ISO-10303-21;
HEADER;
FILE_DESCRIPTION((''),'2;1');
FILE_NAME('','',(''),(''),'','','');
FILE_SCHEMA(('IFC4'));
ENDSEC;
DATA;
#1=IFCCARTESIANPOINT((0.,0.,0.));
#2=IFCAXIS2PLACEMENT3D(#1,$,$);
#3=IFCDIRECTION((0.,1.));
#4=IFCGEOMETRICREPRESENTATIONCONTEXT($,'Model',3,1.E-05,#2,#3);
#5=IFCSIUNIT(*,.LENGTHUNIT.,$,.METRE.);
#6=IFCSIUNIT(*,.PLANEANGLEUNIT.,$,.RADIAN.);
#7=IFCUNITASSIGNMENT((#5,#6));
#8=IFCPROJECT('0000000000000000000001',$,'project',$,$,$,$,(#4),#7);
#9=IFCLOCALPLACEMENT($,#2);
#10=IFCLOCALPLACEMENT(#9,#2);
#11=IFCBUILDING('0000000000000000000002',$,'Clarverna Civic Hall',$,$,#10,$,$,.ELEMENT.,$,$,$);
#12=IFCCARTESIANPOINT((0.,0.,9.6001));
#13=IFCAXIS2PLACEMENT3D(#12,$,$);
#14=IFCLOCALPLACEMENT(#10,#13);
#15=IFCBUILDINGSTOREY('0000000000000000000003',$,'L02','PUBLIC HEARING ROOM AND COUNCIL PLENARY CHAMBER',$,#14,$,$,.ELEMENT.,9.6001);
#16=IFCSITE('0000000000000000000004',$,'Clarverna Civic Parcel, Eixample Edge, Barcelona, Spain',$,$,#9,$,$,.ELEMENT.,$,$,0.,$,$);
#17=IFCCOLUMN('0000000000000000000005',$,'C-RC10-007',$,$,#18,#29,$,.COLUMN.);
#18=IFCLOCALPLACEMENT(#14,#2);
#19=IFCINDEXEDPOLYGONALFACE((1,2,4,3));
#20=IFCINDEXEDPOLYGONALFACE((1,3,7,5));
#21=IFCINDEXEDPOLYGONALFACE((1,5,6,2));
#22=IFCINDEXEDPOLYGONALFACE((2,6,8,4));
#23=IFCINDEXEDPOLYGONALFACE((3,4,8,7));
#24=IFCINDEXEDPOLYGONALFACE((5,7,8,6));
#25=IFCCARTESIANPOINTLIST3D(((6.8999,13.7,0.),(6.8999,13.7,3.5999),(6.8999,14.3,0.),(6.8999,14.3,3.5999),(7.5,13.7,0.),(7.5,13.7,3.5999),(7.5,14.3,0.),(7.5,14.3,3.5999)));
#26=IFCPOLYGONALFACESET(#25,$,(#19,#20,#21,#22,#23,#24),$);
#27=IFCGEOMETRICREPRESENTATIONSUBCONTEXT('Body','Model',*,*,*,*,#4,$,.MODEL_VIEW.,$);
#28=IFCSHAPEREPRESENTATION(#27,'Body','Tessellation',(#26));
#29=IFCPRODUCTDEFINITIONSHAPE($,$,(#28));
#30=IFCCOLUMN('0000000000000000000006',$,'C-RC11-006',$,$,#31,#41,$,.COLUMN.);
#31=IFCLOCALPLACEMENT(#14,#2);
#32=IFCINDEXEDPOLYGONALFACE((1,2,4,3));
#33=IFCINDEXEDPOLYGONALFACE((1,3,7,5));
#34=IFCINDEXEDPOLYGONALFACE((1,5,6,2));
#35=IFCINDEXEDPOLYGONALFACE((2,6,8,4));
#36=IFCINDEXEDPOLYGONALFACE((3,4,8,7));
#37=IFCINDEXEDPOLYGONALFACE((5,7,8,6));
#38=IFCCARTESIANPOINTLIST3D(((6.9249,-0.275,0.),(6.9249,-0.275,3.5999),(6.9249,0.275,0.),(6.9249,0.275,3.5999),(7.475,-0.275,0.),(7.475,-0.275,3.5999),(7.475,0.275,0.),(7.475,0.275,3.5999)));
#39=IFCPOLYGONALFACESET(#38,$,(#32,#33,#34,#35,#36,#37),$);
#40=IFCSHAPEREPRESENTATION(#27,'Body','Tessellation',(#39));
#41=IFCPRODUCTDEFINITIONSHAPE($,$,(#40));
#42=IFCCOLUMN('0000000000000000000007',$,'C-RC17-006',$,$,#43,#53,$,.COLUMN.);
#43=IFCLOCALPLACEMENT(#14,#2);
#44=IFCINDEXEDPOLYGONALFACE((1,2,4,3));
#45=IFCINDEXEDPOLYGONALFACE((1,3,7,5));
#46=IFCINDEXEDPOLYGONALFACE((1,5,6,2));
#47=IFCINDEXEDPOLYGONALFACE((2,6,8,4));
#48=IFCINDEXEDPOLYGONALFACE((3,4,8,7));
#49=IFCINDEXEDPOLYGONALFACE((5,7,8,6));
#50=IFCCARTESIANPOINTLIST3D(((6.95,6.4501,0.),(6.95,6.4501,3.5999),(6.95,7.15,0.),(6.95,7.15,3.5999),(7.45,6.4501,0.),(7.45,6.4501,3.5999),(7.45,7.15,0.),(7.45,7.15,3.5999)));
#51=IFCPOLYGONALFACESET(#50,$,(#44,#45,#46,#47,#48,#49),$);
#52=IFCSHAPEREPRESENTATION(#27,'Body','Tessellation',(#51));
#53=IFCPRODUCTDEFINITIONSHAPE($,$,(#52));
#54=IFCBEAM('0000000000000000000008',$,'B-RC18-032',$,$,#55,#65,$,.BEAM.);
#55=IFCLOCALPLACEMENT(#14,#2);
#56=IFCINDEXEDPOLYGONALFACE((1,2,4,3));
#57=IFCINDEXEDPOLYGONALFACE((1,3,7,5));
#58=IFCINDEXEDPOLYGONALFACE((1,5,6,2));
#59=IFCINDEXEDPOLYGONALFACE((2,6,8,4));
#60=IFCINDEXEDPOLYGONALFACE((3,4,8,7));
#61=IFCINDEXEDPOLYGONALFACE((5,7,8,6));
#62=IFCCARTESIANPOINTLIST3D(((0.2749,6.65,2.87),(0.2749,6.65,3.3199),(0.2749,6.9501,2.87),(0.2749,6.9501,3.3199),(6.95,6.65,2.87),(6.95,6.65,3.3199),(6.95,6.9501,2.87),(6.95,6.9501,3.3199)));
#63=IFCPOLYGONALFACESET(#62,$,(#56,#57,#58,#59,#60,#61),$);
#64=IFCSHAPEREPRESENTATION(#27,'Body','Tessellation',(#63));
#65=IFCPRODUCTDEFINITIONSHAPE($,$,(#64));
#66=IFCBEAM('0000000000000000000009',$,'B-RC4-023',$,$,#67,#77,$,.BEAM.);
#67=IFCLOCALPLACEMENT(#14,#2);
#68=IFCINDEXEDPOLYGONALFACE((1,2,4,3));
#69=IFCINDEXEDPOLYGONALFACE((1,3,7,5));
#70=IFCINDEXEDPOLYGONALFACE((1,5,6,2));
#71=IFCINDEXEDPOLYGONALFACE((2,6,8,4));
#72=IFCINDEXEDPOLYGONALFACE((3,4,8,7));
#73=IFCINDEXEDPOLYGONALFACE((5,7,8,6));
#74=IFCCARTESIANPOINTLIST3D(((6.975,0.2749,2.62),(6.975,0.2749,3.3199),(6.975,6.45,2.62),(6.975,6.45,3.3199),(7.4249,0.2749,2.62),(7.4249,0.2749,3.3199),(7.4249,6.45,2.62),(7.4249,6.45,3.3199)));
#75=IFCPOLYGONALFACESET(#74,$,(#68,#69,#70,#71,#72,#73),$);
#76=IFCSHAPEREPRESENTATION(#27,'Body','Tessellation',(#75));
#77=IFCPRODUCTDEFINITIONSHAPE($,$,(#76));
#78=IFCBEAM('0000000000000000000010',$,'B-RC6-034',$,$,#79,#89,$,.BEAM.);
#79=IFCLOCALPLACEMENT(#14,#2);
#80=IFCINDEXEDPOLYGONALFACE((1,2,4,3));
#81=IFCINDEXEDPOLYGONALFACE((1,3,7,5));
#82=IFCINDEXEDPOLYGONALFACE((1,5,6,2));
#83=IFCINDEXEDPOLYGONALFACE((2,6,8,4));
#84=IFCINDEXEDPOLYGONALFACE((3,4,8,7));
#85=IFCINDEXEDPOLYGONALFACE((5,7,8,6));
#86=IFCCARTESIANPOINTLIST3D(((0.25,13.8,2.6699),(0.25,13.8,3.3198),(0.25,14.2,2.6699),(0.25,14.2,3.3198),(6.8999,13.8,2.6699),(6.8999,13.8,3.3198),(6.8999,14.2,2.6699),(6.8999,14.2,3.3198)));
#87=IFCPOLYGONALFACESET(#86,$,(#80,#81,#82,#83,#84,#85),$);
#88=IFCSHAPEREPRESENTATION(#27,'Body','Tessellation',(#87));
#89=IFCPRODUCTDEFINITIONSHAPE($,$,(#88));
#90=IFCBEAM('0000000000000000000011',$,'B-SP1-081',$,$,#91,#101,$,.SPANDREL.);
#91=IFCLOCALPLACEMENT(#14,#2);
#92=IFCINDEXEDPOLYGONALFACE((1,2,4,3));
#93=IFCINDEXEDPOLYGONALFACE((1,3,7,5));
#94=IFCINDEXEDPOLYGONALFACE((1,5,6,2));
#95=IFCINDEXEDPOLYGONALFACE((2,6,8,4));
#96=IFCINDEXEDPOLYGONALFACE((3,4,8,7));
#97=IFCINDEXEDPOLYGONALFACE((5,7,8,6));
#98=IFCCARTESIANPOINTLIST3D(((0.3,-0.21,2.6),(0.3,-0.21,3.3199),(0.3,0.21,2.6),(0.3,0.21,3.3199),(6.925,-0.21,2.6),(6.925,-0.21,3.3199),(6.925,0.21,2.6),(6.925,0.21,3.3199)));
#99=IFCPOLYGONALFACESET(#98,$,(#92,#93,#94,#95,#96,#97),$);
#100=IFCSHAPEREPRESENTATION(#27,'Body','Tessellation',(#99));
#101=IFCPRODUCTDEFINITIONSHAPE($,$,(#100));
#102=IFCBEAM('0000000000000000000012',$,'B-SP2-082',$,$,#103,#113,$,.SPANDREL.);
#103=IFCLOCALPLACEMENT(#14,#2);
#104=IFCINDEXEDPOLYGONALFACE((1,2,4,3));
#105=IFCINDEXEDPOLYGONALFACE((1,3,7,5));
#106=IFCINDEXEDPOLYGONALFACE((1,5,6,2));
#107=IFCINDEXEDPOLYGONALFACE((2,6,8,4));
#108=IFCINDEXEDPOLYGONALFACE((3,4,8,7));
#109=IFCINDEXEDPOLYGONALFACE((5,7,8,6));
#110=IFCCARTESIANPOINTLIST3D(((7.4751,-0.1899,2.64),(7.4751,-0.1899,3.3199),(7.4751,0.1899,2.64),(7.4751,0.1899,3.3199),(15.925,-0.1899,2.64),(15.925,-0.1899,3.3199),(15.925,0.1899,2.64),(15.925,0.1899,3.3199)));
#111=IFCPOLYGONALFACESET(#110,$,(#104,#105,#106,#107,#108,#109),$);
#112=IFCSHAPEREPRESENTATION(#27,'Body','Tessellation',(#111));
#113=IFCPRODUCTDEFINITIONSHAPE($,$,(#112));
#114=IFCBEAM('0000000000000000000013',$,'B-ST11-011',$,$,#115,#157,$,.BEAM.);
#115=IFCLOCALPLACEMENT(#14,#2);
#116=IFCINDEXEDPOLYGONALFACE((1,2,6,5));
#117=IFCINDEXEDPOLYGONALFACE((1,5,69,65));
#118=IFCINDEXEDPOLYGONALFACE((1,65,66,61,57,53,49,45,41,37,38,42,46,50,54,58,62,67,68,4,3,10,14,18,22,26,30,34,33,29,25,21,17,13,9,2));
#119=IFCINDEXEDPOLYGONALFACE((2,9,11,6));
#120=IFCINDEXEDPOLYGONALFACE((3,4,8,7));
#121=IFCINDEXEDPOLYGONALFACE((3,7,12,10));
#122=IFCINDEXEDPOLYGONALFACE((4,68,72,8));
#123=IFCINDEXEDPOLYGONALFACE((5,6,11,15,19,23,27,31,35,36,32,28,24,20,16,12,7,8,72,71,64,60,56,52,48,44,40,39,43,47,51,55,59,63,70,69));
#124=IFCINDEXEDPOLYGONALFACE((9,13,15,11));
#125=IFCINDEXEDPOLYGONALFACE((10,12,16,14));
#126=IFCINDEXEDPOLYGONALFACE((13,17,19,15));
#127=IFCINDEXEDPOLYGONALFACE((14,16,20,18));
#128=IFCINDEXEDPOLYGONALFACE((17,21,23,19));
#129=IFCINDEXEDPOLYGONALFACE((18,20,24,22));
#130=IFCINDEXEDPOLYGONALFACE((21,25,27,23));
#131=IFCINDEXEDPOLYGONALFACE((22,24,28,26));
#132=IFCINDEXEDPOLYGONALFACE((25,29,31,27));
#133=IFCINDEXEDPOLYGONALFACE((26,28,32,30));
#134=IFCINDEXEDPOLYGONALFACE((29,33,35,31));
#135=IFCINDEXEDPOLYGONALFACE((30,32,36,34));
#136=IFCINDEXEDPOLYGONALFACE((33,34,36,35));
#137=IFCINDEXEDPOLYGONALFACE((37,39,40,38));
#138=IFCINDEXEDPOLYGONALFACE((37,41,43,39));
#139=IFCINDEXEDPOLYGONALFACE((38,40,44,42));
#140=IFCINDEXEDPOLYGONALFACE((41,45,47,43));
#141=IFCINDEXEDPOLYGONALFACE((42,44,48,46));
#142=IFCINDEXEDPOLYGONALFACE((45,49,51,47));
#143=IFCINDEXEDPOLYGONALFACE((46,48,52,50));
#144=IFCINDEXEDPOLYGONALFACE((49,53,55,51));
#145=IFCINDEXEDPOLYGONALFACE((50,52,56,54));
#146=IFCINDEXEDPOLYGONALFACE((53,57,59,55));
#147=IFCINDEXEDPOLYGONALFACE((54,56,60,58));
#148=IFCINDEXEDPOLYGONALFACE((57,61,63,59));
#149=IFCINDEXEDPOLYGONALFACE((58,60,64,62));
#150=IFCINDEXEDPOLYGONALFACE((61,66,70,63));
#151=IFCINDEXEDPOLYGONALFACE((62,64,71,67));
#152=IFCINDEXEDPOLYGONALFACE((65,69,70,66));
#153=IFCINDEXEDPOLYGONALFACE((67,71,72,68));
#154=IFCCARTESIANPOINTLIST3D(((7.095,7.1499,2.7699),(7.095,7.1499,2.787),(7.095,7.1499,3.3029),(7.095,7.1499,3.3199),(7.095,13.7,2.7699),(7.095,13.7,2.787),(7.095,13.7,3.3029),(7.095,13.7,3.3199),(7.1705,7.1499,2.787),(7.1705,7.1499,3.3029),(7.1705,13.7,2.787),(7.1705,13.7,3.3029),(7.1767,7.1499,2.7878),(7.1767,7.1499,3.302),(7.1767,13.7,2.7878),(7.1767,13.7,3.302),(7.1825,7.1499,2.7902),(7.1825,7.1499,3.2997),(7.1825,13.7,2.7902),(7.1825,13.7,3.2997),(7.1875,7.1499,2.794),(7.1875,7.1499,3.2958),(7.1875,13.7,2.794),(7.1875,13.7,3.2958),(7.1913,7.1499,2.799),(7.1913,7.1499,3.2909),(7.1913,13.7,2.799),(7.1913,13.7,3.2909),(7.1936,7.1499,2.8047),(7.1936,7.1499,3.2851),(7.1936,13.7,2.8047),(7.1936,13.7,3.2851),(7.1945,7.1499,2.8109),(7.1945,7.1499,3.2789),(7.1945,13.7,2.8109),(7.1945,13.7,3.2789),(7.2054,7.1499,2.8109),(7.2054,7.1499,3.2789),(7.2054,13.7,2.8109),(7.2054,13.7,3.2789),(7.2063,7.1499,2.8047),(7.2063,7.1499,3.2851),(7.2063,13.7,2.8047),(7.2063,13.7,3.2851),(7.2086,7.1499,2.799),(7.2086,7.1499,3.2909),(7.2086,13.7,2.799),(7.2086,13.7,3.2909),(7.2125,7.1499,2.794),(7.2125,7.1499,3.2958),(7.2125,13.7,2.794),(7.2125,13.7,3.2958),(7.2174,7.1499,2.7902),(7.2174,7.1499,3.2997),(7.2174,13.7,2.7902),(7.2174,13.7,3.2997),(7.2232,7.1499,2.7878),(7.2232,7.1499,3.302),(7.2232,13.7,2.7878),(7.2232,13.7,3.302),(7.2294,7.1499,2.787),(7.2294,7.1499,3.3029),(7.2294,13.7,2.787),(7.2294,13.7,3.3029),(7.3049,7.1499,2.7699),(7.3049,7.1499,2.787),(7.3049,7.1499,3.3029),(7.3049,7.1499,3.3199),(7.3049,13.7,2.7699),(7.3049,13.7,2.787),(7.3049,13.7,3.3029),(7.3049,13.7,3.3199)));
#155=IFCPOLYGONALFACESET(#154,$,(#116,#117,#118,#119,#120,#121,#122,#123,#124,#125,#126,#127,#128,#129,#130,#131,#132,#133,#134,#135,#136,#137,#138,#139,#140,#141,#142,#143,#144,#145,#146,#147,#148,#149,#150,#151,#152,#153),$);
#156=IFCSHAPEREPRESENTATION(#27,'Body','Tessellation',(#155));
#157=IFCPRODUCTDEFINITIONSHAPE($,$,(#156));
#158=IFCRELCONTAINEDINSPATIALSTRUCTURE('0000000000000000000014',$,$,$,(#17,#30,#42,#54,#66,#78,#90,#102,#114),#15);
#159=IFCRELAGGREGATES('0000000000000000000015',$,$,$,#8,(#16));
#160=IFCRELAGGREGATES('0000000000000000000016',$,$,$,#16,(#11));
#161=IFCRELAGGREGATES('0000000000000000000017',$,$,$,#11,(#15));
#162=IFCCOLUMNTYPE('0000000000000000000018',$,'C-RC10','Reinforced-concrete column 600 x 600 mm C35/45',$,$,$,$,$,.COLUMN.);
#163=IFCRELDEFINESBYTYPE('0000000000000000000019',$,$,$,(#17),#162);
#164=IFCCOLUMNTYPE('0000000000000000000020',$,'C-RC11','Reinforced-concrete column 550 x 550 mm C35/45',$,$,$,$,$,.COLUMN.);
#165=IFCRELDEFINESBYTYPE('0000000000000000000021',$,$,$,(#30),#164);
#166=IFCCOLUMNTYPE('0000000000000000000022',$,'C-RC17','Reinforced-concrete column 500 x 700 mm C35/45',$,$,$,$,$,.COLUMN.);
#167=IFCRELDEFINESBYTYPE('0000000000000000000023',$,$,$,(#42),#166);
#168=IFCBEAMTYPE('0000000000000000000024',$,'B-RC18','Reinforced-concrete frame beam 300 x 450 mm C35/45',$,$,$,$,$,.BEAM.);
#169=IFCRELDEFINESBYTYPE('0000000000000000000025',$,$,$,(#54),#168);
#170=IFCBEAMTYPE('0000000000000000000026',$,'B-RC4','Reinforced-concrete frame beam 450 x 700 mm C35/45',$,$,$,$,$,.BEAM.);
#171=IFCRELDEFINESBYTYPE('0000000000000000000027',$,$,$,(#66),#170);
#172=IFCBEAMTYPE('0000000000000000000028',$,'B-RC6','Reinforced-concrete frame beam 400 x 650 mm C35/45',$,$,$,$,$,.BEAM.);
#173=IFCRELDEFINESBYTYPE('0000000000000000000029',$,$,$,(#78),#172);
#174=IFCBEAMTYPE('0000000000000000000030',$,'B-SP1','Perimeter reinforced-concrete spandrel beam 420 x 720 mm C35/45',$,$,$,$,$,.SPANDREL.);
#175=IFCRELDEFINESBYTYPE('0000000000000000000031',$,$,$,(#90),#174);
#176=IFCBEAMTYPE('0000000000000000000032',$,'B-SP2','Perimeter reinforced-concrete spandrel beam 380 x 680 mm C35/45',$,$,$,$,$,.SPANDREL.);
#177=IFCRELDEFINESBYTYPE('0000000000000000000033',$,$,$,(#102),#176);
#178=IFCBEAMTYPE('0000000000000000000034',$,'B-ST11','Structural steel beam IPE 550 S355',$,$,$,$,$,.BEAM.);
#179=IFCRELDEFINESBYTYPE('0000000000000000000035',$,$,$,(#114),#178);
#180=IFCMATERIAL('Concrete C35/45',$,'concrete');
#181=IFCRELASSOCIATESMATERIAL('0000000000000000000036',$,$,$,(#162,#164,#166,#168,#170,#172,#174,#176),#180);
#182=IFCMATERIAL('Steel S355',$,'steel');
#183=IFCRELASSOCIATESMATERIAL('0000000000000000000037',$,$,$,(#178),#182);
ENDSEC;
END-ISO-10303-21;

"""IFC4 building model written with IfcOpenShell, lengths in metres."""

from ifc_helpers import new_model, si_unit, direction, frame, origin, origin_2d, place, context, subcontext, project, spatial, rectangle, i_section, extrude, material, material_profile, profile_set, type_object, element, save


model = new_model("IFC4")

# Units and contexts
model_context = context("Model", 3, precision=1e-05, world=origin(), true_north=direction((0.0, 1.0)))
body_context = subcontext(model_context, "Body", "Model", "MODEL_VIEW")
ifc_project = project(units=[si_unit("LENGTHUNIT", "METRE"), si_unit("PLANEANGLEUNIT", "RADIAN")], contexts=[model_context])

# Site, building, storey
site_placement = place(None, origin())
site = spatial("IfcSite", under=ifc_project, at=site_placement, Name="Clarverna Civic Parcel, Eixample Edge, Barcelona, Spain", CompositionType="ELEMENT", RefElevation=0.0)
building_placement = place(site_placement, origin())
building = spatial("IfcBuilding", under=site, at=building_placement, Name="Clarverna Civic Hall", CompositionType="ELEMENT")
storey_placement = place(building_placement, frame((0.0, 0.0, 9.6001)))
storey = spatial("IfcBuildingStorey", under=building, at=storey_placement, Name="L02", Description="PUBLIC HEARING ROOM AND COUNCIL PLENARY CHAMBER", CompositionType="ELEMENT", Elevation=9.6001)

# Columns
ifc_material_1 = material(Name="Concrete C35/45", Category="concrete")
ifc_material_profile_1 = material_profile(ifc_material_1, rectangle(XDim=0.6001, YDim=0.6001, at=origin_2d()), Name="RC 600x600")
ifc_profile_set_1 = profile_set([ifc_material_profile_1], Name="Concrete C35/45")
column_type_1 = type_object("IfcColumnType", Name="C-RC10", Description="Reinforced-concrete column 600 x 600 mm C35/45", PredefinedType="COLUMN", material=ifc_profile_set_1)
column_1_placement = place(storey_placement, frame((7.2, 14.0, 0.0), z_axis=(0.0, 0.0, 1.0), x_axis=(1.0, 0.0, 0.0)))
element("IfcColumn", 1, at=column_1_placement, inside=storey, type_object=column_type_1, Name="C-RC10-007", PredefinedType="COLUMN", context=body_context, shape_type="SweptSolid", body=[
    extrude(rectangle(XDim=0.6001, YDim=0.6001, at=origin_2d()), origin(), (0.0, 0.0, 1.0), 3.5999),
])
ifc_material_profile_2 = material_profile(ifc_material_1, rectangle(XDim=0.55, YDim=0.55, at=origin_2d()), Name="RC 550x550")
ifc_profile_set_2 = profile_set([ifc_material_profile_2], Name="Concrete C35/45")
column_type_2 = type_object("IfcColumnType", Name="C-RC11", Description="Reinforced-concrete column 550 x 550 mm C35/45", PredefinedType="COLUMN", material=ifc_profile_set_2)
column_2_placement = place(storey_placement, frame((7.2, 0.0, 0.0), z_axis=(0.0, 0.0, 1.0), x_axis=(1.0, 0.0, 0.0)))
element("IfcColumn", 2, at=column_2_placement, inside=storey, type_object=column_type_2, Name="C-RC11-006", PredefinedType="COLUMN", context=body_context, shape_type="SweptSolid", body=[
    extrude(rectangle(XDim=0.55, YDim=0.55, at=origin_2d()), origin(), (0.0, 0.0, 1.0), 3.5999),
])
ifc_material_profile_3 = material_profile(ifc_material_1, rectangle(XDim=0.5, YDim=0.7, at=origin_2d()), Name="RC 500x700")
ifc_profile_set_3 = profile_set([ifc_material_profile_3], Name="Concrete C35/45")
column_type_3 = type_object("IfcColumnType", Name="C-RC17", Description="Reinforced-concrete column 500 x 700 mm C35/45", PredefinedType="COLUMN", material=ifc_profile_set_3)
column_3_placement = place(storey_placement, frame((7.2, 6.8, 0.0), z_axis=(0.0, 0.0, 1.0), x_axis=(1.0, 0.0, 0.0)))
element("IfcColumn", 3, at=column_3_placement, inside=storey, type_object=column_type_3, Name="C-RC17-006", PredefinedType="COLUMN", context=body_context, shape_type="SweptSolid", body=[
    extrude(rectangle(XDim=0.5, YDim=0.7, at=origin_2d()), origin(), (0.0, 0.0, 1.0), 3.5999),
])

# Beams
ifc_material_profile_4 = material_profile(ifc_material_1, rectangle(XDim=0.3, YDim=0.45, at=origin_2d()), Name="RC 300x450")
ifc_profile_set_4 = profile_set([ifc_material_profile_4], Name="Concrete C35/45")
beam_type_1 = type_object("IfcBeamType", Name="B-RC18", Description="Reinforced-concrete frame beam 300 x 450 mm C35/45", PredefinedType="BEAM", material=ifc_profile_set_4)
beam_1_placement = place(storey_placement, frame((0.2749, 6.8, 3.095), z_axis=(1.0, 0.0, 0.0), x_axis=(0.0, 1.0, 0.0)))
element("IfcBeam", 4, at=beam_1_placement, inside=storey, type_object=beam_type_1, Name="B-RC18-032", PredefinedType="BEAM", context=body_context, shape_type="SweptSolid", body=[
    extrude(rectangle(XDim=0.3, YDim=0.45, at=origin_2d()), origin(), (0.0, 0.0, 1.0), 6.675),
])
ifc_material_profile_5 = material_profile(ifc_material_1, rectangle(XDim=0.45, YDim=0.7, at=origin_2d()), Name="RC 450x700")
ifc_profile_set_5 = profile_set([ifc_material_profile_5], Name="Concrete C35/45")
beam_type_2 = type_object("IfcBeamType", Name="B-RC4", Description="Reinforced-concrete frame beam 450 x 700 mm C35/45", PredefinedType="BEAM", material=ifc_profile_set_5)
beam_2_placement = place(storey_placement, frame((7.2, 0.2749, 2.97), z_axis=(0.0, 1.0, 0.0), x_axis=(-1.0, 0.0, 0.0)))
element("IfcBeam", 5, at=beam_2_placement, inside=storey, type_object=beam_type_2, Name="B-RC4-023", PredefinedType="BEAM", context=body_context, shape_type="SweptSolid", body=[
    extrude(rectangle(XDim=0.45, YDim=0.7, at=origin_2d()), origin(), (0.0, 0.0, 1.0), 6.175),
])
ifc_material_profile_6 = material_profile(ifc_material_1, rectangle(XDim=0.3999, YDim=0.6499, at=origin_2d()), Name="RC 400x650")
ifc_profile_set_6 = profile_set([ifc_material_profile_6], Name="Concrete C35/45")
beam_type_3 = type_object("IfcBeamType", Name="B-RC6", Description="Reinforced-concrete frame beam 400 x 650 mm C35/45", PredefinedType="BEAM", material=ifc_profile_set_6)
beam_3_placement = place(storey_placement, frame((0.25, 14.0, 2.9949), z_axis=(1.0, 0.0, 0.0), x_axis=(0.0, 1.0, 0.0)))
element("IfcBeam", 6, at=beam_3_placement, inside=storey, type_object=beam_type_3, Name="B-RC6-034", PredefinedType="BEAM", context=body_context, shape_type="SweptSolid", body=[
    extrude(rectangle(XDim=0.3999, YDim=0.6499, at=origin_2d()), origin(), (0.0, 0.0, 1.0), 6.6499),
])
ifc_material_profile_7 = material_profile(ifc_material_1, rectangle(XDim=0.4199, YDim=0.72, at=origin_2d()), Name="RC 420x720")
ifc_profile_set_7 = profile_set([ifc_material_profile_7], Name="Concrete C35/45")
beam_type_4 = type_object("IfcBeamType", Name="B-SP1", Description="Perimeter reinforced-concrete spandrel beam 420 x 720 mm C35/45", PredefinedType="SPANDREL", material=ifc_profile_set_7)
beam_4_placement = place(storey_placement, frame((0.3, 0.0, 2.96), z_axis=(1.0, 0.0, 0.0), x_axis=(0.0, 1.0, 0.0)))
element("IfcBeam", 7, at=beam_4_placement, inside=storey, type_object=beam_type_4, Name="B-SP1-081", PredefinedType="SPANDREL", context=body_context, shape_type="SweptSolid", body=[
    extrude(rectangle(XDim=0.4199, YDim=0.72, at=origin_2d()), origin(), (0.0, 0.0, 1.0), 6.625),
])
ifc_material_profile_8 = material_profile(ifc_material_1, rectangle(XDim=0.3799, YDim=0.6799, at=origin_2d()), Name="RC 380x680")
ifc_profile_set_8 = profile_set([ifc_material_profile_8], Name="Concrete C35/45")
beam_type_5 = type_object("IfcBeamType", Name="B-SP2", Description="Perimeter reinforced-concrete spandrel beam 380 x 680 mm C35/45", PredefinedType="SPANDREL", material=ifc_profile_set_8)
beam_5_placement = place(storey_placement, frame((7.4751, 0.0, 2.98), z_axis=(1.0, 0.0, 0.0), x_axis=(0.0, 1.0, 0.0)))
element("IfcBeam", 8, at=beam_5_placement, inside=storey, type_object=beam_type_5, Name="B-SP2-082", PredefinedType="SPANDREL", context=body_context, shape_type="SweptSolid", body=[
    extrude(rectangle(XDim=0.3799, YDim=0.6799, at=origin_2d()), origin(), (0.0, 0.0, 1.0), 8.45),
])
ifc_material_2 = material(Name="Steel S355", Category="steel")
ifc_material_profile_9 = material_profile(ifc_material_2, i_section(OverallWidth=0.21, OverallDepth=0.55, WebThickness=0.011, FlangeThickness=0.0171, FilletRadius=0.0239, at=origin_2d()), Name="IPE 550")
ifc_profile_set_9 = profile_set([ifc_material_profile_9], Name="Steel S355")
beam_type_6 = type_object("IfcBeamType", Name="B-ST11", Description="Structural steel beam IPE 550 S355", PredefinedType="BEAM", material=ifc_profile_set_9)
beam_6_placement = place(storey_placement, frame((7.2, 7.1499, 3.0449), z_axis=(0.0, 1.0, 0.0), x_axis=(-1.0, 0.0, 0.0)))
element("IfcBeam", 9, at=beam_6_placement, inside=storey, type_object=beam_type_6, Name="B-ST11-011", PredefinedType="BEAM", context=body_context, shape_type="SweptSolid", body=[
    extrude(i_section(OverallWidth=0.21, OverallDepth=0.55, WebThickness=0.011, FlangeThickness=0.0171, FilletRadius=0.0239, at=origin_2d()), origin(), (0.0, 0.0, 1.0), 6.55),
])

save(model, "model.ifc")
